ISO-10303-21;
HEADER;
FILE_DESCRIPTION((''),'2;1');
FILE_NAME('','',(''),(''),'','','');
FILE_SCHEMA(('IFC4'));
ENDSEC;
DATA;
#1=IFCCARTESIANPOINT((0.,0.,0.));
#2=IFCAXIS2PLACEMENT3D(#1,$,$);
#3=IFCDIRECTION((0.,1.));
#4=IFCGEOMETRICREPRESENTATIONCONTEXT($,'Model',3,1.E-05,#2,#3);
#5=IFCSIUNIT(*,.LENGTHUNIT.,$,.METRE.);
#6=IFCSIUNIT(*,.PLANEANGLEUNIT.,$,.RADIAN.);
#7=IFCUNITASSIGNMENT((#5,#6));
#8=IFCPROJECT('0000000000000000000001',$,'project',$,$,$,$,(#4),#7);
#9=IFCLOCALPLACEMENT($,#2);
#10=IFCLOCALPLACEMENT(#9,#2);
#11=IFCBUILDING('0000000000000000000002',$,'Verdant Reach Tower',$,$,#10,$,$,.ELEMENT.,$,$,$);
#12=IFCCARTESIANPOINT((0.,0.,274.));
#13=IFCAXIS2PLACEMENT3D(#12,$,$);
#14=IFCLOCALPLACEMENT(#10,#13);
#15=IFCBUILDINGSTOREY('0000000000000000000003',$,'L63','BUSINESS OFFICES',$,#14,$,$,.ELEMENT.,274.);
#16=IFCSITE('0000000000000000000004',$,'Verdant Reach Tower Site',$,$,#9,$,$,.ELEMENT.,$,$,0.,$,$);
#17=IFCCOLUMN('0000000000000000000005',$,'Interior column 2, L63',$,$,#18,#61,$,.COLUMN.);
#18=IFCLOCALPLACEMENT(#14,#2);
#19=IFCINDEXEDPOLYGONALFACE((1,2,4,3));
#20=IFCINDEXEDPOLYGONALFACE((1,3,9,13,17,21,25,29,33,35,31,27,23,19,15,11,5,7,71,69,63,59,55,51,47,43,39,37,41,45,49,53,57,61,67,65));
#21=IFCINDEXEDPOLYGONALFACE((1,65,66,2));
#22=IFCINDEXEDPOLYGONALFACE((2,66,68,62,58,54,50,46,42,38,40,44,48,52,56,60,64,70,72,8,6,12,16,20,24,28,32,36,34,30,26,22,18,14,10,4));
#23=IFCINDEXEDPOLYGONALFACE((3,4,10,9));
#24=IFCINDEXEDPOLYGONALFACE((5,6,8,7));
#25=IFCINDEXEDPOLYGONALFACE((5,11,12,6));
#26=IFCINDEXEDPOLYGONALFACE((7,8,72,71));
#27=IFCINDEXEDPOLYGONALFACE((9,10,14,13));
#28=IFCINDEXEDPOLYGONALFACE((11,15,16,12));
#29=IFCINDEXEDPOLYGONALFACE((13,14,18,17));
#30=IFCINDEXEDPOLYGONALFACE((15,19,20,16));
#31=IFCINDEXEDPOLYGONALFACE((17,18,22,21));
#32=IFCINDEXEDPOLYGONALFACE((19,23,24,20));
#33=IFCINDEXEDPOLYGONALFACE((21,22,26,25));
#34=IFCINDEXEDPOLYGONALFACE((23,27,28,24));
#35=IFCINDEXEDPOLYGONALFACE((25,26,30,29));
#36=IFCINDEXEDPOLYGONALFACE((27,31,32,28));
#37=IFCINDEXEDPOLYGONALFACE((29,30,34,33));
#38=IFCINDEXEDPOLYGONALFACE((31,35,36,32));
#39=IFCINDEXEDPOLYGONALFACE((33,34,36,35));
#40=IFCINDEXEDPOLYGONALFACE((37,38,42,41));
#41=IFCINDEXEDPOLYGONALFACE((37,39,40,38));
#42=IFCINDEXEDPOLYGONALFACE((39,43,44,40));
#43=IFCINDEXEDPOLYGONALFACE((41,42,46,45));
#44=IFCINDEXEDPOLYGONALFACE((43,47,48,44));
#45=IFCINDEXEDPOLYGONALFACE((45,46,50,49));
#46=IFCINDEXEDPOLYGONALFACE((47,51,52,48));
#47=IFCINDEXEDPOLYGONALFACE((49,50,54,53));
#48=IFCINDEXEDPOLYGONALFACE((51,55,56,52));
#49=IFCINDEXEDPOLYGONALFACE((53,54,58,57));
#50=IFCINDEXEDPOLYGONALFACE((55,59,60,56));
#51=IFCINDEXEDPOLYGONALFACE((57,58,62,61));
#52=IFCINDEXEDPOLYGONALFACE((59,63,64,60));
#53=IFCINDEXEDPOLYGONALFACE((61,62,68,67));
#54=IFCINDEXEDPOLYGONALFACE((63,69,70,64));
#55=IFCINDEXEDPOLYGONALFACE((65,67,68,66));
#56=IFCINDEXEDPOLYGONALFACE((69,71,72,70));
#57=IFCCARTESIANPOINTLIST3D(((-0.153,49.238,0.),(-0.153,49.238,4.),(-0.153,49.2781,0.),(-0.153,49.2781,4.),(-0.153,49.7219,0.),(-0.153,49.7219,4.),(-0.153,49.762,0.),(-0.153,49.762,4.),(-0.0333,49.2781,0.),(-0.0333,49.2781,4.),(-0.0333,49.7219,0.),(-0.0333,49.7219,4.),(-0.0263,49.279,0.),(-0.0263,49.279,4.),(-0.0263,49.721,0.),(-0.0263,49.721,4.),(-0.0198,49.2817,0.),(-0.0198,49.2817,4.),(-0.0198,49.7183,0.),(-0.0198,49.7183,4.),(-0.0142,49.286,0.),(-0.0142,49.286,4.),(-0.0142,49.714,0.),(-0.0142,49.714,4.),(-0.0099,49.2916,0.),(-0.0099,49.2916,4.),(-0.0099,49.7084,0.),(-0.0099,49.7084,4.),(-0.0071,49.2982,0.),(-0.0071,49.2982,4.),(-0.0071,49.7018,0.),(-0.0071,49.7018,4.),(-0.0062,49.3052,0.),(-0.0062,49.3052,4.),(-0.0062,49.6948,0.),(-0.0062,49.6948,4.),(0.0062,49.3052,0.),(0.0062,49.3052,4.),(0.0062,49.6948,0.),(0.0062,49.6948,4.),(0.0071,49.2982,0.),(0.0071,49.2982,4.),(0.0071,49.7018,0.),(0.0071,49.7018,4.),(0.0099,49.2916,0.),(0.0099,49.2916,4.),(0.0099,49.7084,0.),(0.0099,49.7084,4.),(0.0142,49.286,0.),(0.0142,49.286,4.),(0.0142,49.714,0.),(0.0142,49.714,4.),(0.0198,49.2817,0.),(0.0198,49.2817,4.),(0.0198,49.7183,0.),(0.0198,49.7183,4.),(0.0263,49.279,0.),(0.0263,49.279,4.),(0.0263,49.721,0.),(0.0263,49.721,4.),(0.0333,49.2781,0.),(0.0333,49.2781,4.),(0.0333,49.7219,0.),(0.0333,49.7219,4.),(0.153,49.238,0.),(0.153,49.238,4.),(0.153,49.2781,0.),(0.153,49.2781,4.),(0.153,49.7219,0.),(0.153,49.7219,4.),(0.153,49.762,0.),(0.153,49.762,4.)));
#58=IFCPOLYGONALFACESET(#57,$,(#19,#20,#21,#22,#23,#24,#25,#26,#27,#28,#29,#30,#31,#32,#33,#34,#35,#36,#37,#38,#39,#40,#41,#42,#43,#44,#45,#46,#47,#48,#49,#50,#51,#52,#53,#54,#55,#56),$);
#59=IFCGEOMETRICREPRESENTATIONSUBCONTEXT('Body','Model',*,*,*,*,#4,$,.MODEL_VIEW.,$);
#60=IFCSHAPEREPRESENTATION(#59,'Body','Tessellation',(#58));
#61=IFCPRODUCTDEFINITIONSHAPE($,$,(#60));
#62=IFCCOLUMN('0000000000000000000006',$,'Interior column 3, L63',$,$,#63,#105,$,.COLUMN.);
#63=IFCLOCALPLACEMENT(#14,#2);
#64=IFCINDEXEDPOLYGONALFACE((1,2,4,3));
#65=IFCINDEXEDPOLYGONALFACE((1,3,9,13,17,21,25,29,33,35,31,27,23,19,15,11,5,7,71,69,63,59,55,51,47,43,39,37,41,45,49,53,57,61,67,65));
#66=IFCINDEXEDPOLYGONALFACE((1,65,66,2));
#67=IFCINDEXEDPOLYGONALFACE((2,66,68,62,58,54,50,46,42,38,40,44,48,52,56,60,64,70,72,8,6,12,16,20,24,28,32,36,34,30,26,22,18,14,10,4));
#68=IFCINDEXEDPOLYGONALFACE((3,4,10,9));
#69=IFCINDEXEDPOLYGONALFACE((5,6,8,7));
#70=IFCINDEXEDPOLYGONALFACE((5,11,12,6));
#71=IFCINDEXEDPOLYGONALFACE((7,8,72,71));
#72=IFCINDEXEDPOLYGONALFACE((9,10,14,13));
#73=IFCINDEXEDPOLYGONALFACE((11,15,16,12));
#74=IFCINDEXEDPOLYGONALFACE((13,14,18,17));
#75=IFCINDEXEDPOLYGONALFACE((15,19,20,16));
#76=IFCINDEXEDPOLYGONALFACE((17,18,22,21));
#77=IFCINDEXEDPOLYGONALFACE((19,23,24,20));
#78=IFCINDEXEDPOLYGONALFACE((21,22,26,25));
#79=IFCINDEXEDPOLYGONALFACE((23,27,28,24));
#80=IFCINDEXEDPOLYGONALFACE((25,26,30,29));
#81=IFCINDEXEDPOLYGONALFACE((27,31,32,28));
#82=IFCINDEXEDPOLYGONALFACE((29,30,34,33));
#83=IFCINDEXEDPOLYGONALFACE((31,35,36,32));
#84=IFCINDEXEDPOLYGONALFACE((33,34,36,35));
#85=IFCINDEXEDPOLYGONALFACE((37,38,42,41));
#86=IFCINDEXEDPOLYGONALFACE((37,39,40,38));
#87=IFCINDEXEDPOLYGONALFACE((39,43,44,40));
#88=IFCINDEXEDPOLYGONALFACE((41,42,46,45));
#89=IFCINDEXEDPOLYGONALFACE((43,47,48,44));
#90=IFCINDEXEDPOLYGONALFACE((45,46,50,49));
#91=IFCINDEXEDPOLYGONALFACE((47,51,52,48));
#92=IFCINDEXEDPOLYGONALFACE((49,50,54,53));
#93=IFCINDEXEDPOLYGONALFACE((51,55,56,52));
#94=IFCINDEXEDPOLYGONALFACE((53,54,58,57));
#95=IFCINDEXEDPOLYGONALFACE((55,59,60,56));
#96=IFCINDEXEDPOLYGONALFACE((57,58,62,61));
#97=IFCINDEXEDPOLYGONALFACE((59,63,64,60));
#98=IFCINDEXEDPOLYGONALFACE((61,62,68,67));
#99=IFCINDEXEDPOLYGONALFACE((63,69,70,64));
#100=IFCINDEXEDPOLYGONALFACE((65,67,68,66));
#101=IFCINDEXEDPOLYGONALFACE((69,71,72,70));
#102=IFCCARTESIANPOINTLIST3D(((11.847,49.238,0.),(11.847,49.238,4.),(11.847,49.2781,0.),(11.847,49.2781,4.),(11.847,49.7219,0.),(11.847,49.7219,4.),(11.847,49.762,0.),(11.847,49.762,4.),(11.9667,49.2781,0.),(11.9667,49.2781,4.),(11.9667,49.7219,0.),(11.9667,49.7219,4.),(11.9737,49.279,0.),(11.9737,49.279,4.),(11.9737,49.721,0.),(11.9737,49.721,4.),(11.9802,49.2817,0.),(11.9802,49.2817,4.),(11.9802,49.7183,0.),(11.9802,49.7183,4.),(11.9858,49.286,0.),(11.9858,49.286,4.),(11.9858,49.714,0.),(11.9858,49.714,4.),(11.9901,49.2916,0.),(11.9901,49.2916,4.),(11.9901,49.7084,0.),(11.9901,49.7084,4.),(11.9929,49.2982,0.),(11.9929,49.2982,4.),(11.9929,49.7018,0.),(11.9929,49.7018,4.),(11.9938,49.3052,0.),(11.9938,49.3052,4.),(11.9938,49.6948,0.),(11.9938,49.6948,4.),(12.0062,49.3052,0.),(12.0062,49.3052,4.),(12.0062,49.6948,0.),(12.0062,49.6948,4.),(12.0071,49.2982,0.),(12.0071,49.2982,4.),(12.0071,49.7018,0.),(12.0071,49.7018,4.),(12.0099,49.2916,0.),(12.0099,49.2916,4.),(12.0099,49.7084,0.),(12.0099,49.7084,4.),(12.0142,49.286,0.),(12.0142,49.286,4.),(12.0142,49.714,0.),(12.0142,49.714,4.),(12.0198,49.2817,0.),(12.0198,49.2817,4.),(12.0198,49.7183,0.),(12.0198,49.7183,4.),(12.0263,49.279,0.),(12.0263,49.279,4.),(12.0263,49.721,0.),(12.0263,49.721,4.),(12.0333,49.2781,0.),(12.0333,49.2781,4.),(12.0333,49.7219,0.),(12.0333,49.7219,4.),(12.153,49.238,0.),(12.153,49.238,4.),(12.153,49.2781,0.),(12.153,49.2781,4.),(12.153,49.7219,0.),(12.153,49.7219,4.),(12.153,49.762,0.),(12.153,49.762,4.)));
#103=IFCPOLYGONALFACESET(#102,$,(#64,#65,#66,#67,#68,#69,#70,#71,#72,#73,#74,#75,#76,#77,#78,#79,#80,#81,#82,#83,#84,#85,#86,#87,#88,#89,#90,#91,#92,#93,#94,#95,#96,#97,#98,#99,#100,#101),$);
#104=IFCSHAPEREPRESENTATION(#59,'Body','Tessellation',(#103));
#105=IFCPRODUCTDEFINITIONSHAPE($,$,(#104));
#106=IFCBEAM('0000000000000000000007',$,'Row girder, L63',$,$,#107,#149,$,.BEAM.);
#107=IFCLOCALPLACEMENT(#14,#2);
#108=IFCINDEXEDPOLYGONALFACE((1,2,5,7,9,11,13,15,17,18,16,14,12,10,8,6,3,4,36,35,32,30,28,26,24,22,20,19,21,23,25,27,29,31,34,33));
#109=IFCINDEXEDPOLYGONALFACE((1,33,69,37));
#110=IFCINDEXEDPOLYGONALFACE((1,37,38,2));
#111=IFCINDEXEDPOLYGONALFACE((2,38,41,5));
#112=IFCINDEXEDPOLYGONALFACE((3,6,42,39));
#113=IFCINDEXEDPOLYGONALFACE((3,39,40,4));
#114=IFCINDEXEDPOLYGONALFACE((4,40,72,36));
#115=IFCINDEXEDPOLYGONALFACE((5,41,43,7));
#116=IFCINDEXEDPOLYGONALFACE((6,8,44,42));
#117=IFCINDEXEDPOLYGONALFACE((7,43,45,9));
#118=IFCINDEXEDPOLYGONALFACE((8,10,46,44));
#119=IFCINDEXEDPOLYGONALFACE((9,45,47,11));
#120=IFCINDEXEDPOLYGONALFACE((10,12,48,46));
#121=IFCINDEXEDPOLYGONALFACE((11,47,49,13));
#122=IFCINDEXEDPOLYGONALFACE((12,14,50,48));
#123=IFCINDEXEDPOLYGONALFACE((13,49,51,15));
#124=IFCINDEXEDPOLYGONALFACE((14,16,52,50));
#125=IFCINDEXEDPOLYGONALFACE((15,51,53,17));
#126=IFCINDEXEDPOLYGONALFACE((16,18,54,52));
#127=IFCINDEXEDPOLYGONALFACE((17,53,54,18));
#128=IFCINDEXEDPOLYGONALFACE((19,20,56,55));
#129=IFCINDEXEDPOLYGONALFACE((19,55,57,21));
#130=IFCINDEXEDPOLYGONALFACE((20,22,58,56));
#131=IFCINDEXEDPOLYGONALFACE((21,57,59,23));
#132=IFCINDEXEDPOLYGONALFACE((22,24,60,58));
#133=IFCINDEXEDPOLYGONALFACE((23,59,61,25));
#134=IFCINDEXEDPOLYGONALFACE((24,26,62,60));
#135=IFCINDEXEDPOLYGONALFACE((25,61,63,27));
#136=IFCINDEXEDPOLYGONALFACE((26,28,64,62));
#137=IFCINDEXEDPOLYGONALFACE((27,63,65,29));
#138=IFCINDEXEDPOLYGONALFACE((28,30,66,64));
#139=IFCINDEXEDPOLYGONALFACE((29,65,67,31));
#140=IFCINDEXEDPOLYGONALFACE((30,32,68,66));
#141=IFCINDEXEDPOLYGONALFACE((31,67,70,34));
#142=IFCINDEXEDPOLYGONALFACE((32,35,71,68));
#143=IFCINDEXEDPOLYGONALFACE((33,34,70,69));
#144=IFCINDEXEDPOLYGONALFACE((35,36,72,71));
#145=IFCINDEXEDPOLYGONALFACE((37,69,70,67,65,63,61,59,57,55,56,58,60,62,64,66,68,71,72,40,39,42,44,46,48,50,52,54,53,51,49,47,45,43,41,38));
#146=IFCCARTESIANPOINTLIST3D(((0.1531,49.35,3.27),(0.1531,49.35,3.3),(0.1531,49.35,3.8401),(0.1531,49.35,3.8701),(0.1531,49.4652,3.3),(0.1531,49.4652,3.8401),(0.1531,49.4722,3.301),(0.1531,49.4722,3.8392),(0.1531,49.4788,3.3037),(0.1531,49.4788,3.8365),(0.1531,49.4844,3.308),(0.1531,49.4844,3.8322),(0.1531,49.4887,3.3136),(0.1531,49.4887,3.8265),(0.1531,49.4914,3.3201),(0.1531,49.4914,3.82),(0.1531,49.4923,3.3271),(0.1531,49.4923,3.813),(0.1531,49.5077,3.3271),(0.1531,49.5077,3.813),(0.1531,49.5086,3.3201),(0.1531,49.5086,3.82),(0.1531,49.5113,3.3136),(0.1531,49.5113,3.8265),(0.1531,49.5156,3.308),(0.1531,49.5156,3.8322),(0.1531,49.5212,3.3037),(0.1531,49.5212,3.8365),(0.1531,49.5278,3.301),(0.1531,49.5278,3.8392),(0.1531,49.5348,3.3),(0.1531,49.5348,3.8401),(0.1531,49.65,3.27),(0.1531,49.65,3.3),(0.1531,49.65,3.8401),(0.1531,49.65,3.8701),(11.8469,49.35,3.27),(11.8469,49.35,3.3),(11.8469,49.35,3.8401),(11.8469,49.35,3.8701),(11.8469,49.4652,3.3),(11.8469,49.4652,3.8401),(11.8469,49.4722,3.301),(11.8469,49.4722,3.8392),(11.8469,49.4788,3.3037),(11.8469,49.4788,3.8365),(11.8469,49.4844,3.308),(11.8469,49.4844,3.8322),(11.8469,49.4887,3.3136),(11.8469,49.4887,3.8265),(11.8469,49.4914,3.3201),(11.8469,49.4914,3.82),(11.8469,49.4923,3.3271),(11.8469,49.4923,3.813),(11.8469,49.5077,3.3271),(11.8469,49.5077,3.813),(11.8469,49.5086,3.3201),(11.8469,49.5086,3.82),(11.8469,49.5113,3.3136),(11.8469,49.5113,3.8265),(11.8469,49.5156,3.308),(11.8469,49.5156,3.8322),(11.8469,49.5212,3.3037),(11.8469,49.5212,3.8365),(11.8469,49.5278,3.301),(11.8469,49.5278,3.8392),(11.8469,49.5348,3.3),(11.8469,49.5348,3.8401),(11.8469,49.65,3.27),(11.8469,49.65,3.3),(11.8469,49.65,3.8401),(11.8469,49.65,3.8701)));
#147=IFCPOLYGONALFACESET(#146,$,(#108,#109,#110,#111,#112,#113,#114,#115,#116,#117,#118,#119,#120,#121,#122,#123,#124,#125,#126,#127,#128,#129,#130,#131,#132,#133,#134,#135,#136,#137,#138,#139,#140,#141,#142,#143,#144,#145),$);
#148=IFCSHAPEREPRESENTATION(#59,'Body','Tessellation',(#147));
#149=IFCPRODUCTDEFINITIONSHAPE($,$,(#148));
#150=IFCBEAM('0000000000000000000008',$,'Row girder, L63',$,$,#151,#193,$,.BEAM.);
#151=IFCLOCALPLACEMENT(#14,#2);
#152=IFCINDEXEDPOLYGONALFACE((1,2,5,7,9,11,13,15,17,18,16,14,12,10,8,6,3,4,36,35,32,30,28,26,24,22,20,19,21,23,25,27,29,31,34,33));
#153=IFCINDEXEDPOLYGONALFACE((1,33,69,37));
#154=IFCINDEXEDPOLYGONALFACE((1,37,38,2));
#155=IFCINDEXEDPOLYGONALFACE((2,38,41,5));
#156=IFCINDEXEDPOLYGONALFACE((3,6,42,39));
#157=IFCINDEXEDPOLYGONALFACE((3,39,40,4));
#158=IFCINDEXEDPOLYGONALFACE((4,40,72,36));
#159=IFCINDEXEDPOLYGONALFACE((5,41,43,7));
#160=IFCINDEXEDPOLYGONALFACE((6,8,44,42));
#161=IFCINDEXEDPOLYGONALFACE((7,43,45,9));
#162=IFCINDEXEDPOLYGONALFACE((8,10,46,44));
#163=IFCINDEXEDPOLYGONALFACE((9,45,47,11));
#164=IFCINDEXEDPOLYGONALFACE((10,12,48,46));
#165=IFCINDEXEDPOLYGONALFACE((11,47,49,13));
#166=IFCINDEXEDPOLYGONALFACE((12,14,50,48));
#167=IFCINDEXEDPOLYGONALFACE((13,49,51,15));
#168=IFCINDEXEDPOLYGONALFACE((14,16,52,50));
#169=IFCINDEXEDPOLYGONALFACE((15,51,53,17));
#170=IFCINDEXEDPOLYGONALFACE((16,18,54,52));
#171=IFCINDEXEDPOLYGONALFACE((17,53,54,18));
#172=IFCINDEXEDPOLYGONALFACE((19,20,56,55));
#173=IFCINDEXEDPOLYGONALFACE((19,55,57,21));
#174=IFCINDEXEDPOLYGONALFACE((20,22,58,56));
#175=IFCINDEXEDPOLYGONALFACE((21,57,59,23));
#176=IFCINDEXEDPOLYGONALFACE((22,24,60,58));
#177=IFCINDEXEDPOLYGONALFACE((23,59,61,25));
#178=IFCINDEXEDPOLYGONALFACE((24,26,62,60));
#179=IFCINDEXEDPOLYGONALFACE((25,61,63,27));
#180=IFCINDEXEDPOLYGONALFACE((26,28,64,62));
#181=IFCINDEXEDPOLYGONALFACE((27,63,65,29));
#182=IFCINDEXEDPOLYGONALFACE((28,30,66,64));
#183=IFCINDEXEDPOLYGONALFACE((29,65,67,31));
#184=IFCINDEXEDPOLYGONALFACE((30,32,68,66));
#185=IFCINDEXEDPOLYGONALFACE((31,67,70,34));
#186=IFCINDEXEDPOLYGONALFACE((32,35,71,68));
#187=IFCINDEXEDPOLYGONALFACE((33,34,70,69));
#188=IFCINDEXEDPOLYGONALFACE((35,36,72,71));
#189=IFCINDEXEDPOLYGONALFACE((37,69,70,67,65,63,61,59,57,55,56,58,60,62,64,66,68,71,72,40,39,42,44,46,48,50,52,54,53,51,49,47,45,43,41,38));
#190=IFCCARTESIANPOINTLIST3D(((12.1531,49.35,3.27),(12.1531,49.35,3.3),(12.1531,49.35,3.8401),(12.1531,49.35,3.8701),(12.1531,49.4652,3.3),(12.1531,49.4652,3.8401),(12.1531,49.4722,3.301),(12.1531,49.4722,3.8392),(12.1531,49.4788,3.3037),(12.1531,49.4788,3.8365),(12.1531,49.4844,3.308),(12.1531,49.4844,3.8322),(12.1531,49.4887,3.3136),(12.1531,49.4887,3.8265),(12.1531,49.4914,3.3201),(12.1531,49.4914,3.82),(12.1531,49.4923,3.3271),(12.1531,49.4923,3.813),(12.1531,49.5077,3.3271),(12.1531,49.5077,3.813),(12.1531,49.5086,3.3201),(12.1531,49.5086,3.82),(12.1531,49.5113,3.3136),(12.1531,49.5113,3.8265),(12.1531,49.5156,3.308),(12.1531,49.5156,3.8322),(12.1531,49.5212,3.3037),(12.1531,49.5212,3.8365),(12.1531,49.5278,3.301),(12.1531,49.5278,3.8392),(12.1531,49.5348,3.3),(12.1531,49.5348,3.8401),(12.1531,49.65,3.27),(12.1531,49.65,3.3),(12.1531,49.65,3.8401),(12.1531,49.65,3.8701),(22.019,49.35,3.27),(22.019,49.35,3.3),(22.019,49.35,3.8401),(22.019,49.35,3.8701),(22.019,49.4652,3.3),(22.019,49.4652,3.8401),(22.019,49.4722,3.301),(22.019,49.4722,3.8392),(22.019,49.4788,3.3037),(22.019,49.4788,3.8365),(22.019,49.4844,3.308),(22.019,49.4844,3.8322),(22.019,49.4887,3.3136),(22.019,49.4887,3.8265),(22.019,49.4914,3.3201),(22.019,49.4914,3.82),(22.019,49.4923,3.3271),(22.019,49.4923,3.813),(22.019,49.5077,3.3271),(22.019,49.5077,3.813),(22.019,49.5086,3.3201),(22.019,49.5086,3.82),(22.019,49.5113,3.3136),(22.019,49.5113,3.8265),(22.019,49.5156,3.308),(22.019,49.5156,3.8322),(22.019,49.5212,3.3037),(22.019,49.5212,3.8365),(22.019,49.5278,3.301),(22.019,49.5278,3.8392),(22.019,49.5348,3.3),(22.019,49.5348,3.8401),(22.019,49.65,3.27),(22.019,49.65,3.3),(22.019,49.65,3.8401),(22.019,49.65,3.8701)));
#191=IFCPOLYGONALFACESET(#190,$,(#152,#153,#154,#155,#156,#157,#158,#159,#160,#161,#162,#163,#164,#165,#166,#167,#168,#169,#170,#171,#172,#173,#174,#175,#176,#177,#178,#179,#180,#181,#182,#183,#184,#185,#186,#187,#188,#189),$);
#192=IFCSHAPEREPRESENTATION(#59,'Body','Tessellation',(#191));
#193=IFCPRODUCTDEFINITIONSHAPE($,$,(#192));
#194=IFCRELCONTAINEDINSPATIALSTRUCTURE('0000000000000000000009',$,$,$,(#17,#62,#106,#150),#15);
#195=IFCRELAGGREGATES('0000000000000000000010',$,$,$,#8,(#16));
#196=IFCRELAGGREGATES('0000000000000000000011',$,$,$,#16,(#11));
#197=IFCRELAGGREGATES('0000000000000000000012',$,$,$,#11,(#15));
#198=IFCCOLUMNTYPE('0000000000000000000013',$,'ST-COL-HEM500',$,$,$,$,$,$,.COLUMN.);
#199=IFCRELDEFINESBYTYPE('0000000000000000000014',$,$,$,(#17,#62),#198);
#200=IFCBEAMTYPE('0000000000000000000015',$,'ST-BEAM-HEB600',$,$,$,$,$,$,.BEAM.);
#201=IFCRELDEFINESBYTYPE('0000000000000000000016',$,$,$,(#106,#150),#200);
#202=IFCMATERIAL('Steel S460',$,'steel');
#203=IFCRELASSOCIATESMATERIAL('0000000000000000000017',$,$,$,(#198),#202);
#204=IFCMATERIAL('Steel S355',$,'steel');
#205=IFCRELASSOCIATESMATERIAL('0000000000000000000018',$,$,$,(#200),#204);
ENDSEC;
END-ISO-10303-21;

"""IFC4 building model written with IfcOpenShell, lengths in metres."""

from ifc_helpers import new_model, si_unit, direction, frame, origin, origin_2d, place, context, subcontext, project, spatial, i_section, extrude, material, material_profile, profile_set, type_object, element, save


model = new_model("IFC4")

# Units and contexts
model_context = context("Model", 3, precision=1e-05, world=origin(), true_north=direction((0.0, 1.0)))
body_context = subcontext(model_context, "Body", "Model", "MODEL_VIEW")
ifc_project = project(units=[si_unit("LENGTHUNIT", "METRE"), si_unit("PLANEANGLEUNIT", "RADIAN")], contexts=[model_context])

# Site, building, storey
site_placement = place(None, origin())
site = spatial("IfcSite", under=ifc_project, at=site_placement, Name="Verdant Reach Tower Site", CompositionType="ELEMENT", RefElevation=0.0)
building_placement = place(site_placement, origin())
building = spatial("IfcBuilding", under=site, at=building_placement, Name="Verdant Reach Tower", CompositionType="ELEMENT")
storey_placement = place(building_placement, frame((0.0, 0.0, 274.0)))
storey = spatial("IfcBuildingStorey", under=building, at=storey_placement, Name="L63", Description="BUSINESS OFFICES", CompositionType="ELEMENT", Elevation=274.0)

# Columns
ifc_material_1 = material(Name="Steel S460", Category="steel")
ifc_material_profile_1 = material_profile(ifc_material_1, i_section(OverallWidth=0.3059, OverallDepth=0.5239, WebThickness=0.0125, FlangeThickness=0.04, FilletRadius=0.0271, at=origin_2d()), Name="HEM 500")
ifc_profile_set_1 = profile_set([ifc_material_profile_1], Name="Steel S460")
column_type = type_object("IfcColumnType", Name="ST-COL-HEM500", PredefinedType="COLUMN", material=ifc_profile_set_1)
for number, where, z_axis, x_axis, name in (
    (1, (0.0, 49.5, 0.0), (0.0, 0.0, 1.0), (1.0, 0.0, 0.0), "Interior column 2, L63"),
    (2, (12.0, 49.5, 0.0), (0.0, 0.0, 1.0), (1.0, 0.0, 0.0), "Interior column 3, L63"),
):
    element("IfcColumn", number, at=place(storey_placement, frame(where, z_axis=z_axis, x_axis=x_axis)), inside=storey, type_object=column_type, Name=name, PredefinedType="COLUMN", context=body_context, shape_type="SweptSolid", body=[
        extrude(i_section(OverallWidth=0.3059, OverallDepth=0.5239, WebThickness=0.0125, FlangeThickness=0.04, FilletRadius=0.0271, at=origin_2d()), origin(), (0.0, 0.0, 1.0), 4.0),
    ])

# Beams
ifc_material_2 = material(Name="Steel S355", Category="steel")
ifc_material_profile_2 = material_profile(ifc_material_2, i_section(OverallWidth=0.3, OverallDepth=0.6001, WebThickness=0.0154, FlangeThickness=0.03, FilletRadius=0.0271, at=origin_2d()), Name="HEB 600")
ifc_profile_set_2 = profile_set([ifc_material_profile_2], Name="Steel S355")
beam_type_1 = type_object("IfcBeamType", Name="ST-BEAM-HEB600", PredefinedType="BEAM", material=ifc_profile_set_2)
beam_1_placement = place(storey_placement, frame((0.1531, 49.5, 3.5701), z_axis=(1.0, 0.0, 0.0), x_axis=(0.0, 1.0, 0.0)))
element("IfcBeam", 3, at=beam_1_placement, inside=storey, type_object=beam_type_1, Name="Row girder, L63", PredefinedType="BEAM", context=body_context, shape_type="SweptSolid", body=[
    extrude(i_section(OverallWidth=0.3, OverallDepth=0.6001, WebThickness=0.0154, FlangeThickness=0.03, FilletRadius=0.0271, at=origin_2d()), origin(), (0.0, 0.0, 1.0), 11.6938),
])
beam_2_placement = place(storey_placement, frame((12.1531, 49.5, 3.5701), z_axis=(1.0, 0.0, 0.0), x_axis=(0.0, 1.0, 0.0)))
element("IfcBeam", 4, at=beam_2_placement, inside=storey, type_object=beam_type_1, Name="Row girder, L63", PredefinedType="BEAM", context=body_context, shape_type="SweptSolid", body=[
    extrude(i_section(OverallWidth=0.3, OverallDepth=0.6001, WebThickness=0.0154, FlangeThickness=0.03, FilletRadius=0.0271, at=origin_2d()), origin(), (0.0, 0.0, 1.0), 9.866),
])

save(model, "model.ifc")
